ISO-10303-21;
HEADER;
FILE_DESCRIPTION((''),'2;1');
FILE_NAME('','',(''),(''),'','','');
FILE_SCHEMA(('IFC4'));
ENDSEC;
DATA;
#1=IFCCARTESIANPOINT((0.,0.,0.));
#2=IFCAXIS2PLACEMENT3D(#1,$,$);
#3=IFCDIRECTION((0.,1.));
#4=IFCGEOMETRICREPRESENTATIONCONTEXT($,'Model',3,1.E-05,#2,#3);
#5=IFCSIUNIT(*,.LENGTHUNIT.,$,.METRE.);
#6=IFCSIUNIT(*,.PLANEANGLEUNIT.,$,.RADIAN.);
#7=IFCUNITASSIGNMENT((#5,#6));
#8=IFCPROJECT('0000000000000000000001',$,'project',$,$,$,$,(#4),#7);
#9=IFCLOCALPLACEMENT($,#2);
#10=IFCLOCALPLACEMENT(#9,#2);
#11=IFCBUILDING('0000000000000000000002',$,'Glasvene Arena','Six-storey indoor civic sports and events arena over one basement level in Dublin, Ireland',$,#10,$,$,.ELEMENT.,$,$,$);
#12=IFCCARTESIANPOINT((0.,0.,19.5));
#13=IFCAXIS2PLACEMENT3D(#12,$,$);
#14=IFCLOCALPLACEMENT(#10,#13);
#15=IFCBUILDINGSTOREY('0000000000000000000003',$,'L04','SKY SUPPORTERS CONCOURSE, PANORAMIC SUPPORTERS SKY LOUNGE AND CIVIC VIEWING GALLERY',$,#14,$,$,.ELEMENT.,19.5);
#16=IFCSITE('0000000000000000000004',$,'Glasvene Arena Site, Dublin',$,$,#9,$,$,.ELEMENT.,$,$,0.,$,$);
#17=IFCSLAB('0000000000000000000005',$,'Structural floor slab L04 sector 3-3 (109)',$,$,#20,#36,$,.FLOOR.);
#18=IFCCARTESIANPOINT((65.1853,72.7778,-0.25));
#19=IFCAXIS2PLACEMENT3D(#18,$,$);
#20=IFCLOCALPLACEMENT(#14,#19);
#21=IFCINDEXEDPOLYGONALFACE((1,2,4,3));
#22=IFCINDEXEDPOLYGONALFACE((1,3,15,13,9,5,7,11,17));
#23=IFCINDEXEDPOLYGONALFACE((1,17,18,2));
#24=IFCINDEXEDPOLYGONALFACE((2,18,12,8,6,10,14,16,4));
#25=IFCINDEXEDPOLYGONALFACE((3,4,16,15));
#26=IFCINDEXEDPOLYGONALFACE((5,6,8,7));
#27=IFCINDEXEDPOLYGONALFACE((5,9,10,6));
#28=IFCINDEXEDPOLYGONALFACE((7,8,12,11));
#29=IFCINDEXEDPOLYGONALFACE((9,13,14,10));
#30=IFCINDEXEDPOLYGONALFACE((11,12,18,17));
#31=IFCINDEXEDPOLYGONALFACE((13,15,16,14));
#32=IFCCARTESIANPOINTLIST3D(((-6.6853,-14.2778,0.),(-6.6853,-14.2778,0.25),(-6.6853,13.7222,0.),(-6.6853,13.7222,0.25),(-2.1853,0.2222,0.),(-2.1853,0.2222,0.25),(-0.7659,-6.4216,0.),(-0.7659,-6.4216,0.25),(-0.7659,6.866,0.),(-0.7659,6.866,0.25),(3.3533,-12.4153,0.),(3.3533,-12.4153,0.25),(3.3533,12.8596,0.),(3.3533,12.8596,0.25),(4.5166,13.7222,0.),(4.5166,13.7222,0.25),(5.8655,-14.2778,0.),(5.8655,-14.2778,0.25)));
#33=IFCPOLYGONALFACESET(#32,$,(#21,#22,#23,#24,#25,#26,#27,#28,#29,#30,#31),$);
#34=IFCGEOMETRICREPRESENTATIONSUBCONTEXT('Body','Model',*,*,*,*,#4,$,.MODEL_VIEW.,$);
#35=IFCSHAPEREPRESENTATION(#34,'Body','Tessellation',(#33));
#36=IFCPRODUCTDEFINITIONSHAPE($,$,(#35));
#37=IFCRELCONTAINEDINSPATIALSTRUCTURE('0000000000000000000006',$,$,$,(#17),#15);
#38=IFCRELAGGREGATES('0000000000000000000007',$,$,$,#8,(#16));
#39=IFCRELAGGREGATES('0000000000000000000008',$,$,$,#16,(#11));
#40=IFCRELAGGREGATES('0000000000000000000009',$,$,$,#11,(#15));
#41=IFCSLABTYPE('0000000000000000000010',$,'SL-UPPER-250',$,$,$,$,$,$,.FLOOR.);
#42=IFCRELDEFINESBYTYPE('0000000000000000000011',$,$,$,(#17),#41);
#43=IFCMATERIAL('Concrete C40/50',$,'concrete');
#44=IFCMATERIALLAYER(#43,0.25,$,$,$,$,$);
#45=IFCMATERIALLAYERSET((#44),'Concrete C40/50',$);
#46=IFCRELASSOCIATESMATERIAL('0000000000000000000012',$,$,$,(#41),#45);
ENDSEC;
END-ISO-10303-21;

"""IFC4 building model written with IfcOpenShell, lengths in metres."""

from ifc_helpers import new_model, si_unit, direction, frame, origin, place, context, subcontext, project, spatial, polyline, outline, extrude, material, layer, layer_set, type_object, element, save


model = new_model("IFC4")

# Units and contexts
model_context = context("Model", 3, precision=1e-05, world=origin(), true_north=direction((0.0, 1.0)))
body_context = subcontext(model_context, "Body", "Model", "MODEL_VIEW")
ifc_project = project(units=[si_unit("LENGTHUNIT", "METRE"), si_unit("PLANEANGLEUNIT", "RADIAN")], contexts=[model_context])

# Site, building, storey
site_placement = place(None, origin())
site = spatial("IfcSite", under=ifc_project, at=site_placement, Name="Glasvene Arena Site, Dublin", CompositionType="ELEMENT", RefElevation=0.0)
building_placement = place(site_placement, origin())
building = spatial("IfcBuilding", under=site, at=building_placement, Name="Glasvene Arena", Description="Six-storey indoor civic sports and events arena over one basement level in Dublin, Ireland", CompositionType="ELEMENT")
storey_placement = place(building_placement, frame((0.0, 0.0, 19.5)))
storey = spatial("IfcBuildingStorey", under=building, at=storey_placement, Name="L04", Description="SKY SUPPORTERS CONCOURSE, PANORAMIC SUPPORTERS SKY LOUNGE AND CIVIC VIEWING GALLERY", CompositionType="ELEMENT", Elevation=19.5)

# Slab
ifc_material_1 = material(Name="Concrete C40/50", Category="concrete")
ifc_layer = layer(ifc_material_1, 0.25)
ifc_layer_set = layer_set([ifc_layer], Name="Concrete C40/50")
slab_type = type_object("IfcSlabType", Name="SL-UPPER-250", PredefinedType="FLOOR", material=ifc_layer_set)
slab_placement = place(storey_placement, frame((65.1853, 72.7778, -0.25)))
element("IfcSlab", 1, at=slab_placement, inside=storey, type_object=slab_type, Name="Structural floor slab L04 sector 3-3 (109)", PredefinedType="FLOOR", context=body_context, shape_type="SweptSolid", body=[
    extrude(outline(polyline([(3.3533, 12.8596), (-0.7659, 6.866), (-2.1853, 0.2222), (-0.7659, -6.4216), (3.3533, -12.4153), (5.8655, -14.2778), (-6.6853, -14.2778), (-6.6853, 13.7222), (4.5166, 13.7222), (3.3533, 12.8596)])), origin(), (0.0, 0.0, 1.0), 0.25),
])

save(model, "model.ifc")
